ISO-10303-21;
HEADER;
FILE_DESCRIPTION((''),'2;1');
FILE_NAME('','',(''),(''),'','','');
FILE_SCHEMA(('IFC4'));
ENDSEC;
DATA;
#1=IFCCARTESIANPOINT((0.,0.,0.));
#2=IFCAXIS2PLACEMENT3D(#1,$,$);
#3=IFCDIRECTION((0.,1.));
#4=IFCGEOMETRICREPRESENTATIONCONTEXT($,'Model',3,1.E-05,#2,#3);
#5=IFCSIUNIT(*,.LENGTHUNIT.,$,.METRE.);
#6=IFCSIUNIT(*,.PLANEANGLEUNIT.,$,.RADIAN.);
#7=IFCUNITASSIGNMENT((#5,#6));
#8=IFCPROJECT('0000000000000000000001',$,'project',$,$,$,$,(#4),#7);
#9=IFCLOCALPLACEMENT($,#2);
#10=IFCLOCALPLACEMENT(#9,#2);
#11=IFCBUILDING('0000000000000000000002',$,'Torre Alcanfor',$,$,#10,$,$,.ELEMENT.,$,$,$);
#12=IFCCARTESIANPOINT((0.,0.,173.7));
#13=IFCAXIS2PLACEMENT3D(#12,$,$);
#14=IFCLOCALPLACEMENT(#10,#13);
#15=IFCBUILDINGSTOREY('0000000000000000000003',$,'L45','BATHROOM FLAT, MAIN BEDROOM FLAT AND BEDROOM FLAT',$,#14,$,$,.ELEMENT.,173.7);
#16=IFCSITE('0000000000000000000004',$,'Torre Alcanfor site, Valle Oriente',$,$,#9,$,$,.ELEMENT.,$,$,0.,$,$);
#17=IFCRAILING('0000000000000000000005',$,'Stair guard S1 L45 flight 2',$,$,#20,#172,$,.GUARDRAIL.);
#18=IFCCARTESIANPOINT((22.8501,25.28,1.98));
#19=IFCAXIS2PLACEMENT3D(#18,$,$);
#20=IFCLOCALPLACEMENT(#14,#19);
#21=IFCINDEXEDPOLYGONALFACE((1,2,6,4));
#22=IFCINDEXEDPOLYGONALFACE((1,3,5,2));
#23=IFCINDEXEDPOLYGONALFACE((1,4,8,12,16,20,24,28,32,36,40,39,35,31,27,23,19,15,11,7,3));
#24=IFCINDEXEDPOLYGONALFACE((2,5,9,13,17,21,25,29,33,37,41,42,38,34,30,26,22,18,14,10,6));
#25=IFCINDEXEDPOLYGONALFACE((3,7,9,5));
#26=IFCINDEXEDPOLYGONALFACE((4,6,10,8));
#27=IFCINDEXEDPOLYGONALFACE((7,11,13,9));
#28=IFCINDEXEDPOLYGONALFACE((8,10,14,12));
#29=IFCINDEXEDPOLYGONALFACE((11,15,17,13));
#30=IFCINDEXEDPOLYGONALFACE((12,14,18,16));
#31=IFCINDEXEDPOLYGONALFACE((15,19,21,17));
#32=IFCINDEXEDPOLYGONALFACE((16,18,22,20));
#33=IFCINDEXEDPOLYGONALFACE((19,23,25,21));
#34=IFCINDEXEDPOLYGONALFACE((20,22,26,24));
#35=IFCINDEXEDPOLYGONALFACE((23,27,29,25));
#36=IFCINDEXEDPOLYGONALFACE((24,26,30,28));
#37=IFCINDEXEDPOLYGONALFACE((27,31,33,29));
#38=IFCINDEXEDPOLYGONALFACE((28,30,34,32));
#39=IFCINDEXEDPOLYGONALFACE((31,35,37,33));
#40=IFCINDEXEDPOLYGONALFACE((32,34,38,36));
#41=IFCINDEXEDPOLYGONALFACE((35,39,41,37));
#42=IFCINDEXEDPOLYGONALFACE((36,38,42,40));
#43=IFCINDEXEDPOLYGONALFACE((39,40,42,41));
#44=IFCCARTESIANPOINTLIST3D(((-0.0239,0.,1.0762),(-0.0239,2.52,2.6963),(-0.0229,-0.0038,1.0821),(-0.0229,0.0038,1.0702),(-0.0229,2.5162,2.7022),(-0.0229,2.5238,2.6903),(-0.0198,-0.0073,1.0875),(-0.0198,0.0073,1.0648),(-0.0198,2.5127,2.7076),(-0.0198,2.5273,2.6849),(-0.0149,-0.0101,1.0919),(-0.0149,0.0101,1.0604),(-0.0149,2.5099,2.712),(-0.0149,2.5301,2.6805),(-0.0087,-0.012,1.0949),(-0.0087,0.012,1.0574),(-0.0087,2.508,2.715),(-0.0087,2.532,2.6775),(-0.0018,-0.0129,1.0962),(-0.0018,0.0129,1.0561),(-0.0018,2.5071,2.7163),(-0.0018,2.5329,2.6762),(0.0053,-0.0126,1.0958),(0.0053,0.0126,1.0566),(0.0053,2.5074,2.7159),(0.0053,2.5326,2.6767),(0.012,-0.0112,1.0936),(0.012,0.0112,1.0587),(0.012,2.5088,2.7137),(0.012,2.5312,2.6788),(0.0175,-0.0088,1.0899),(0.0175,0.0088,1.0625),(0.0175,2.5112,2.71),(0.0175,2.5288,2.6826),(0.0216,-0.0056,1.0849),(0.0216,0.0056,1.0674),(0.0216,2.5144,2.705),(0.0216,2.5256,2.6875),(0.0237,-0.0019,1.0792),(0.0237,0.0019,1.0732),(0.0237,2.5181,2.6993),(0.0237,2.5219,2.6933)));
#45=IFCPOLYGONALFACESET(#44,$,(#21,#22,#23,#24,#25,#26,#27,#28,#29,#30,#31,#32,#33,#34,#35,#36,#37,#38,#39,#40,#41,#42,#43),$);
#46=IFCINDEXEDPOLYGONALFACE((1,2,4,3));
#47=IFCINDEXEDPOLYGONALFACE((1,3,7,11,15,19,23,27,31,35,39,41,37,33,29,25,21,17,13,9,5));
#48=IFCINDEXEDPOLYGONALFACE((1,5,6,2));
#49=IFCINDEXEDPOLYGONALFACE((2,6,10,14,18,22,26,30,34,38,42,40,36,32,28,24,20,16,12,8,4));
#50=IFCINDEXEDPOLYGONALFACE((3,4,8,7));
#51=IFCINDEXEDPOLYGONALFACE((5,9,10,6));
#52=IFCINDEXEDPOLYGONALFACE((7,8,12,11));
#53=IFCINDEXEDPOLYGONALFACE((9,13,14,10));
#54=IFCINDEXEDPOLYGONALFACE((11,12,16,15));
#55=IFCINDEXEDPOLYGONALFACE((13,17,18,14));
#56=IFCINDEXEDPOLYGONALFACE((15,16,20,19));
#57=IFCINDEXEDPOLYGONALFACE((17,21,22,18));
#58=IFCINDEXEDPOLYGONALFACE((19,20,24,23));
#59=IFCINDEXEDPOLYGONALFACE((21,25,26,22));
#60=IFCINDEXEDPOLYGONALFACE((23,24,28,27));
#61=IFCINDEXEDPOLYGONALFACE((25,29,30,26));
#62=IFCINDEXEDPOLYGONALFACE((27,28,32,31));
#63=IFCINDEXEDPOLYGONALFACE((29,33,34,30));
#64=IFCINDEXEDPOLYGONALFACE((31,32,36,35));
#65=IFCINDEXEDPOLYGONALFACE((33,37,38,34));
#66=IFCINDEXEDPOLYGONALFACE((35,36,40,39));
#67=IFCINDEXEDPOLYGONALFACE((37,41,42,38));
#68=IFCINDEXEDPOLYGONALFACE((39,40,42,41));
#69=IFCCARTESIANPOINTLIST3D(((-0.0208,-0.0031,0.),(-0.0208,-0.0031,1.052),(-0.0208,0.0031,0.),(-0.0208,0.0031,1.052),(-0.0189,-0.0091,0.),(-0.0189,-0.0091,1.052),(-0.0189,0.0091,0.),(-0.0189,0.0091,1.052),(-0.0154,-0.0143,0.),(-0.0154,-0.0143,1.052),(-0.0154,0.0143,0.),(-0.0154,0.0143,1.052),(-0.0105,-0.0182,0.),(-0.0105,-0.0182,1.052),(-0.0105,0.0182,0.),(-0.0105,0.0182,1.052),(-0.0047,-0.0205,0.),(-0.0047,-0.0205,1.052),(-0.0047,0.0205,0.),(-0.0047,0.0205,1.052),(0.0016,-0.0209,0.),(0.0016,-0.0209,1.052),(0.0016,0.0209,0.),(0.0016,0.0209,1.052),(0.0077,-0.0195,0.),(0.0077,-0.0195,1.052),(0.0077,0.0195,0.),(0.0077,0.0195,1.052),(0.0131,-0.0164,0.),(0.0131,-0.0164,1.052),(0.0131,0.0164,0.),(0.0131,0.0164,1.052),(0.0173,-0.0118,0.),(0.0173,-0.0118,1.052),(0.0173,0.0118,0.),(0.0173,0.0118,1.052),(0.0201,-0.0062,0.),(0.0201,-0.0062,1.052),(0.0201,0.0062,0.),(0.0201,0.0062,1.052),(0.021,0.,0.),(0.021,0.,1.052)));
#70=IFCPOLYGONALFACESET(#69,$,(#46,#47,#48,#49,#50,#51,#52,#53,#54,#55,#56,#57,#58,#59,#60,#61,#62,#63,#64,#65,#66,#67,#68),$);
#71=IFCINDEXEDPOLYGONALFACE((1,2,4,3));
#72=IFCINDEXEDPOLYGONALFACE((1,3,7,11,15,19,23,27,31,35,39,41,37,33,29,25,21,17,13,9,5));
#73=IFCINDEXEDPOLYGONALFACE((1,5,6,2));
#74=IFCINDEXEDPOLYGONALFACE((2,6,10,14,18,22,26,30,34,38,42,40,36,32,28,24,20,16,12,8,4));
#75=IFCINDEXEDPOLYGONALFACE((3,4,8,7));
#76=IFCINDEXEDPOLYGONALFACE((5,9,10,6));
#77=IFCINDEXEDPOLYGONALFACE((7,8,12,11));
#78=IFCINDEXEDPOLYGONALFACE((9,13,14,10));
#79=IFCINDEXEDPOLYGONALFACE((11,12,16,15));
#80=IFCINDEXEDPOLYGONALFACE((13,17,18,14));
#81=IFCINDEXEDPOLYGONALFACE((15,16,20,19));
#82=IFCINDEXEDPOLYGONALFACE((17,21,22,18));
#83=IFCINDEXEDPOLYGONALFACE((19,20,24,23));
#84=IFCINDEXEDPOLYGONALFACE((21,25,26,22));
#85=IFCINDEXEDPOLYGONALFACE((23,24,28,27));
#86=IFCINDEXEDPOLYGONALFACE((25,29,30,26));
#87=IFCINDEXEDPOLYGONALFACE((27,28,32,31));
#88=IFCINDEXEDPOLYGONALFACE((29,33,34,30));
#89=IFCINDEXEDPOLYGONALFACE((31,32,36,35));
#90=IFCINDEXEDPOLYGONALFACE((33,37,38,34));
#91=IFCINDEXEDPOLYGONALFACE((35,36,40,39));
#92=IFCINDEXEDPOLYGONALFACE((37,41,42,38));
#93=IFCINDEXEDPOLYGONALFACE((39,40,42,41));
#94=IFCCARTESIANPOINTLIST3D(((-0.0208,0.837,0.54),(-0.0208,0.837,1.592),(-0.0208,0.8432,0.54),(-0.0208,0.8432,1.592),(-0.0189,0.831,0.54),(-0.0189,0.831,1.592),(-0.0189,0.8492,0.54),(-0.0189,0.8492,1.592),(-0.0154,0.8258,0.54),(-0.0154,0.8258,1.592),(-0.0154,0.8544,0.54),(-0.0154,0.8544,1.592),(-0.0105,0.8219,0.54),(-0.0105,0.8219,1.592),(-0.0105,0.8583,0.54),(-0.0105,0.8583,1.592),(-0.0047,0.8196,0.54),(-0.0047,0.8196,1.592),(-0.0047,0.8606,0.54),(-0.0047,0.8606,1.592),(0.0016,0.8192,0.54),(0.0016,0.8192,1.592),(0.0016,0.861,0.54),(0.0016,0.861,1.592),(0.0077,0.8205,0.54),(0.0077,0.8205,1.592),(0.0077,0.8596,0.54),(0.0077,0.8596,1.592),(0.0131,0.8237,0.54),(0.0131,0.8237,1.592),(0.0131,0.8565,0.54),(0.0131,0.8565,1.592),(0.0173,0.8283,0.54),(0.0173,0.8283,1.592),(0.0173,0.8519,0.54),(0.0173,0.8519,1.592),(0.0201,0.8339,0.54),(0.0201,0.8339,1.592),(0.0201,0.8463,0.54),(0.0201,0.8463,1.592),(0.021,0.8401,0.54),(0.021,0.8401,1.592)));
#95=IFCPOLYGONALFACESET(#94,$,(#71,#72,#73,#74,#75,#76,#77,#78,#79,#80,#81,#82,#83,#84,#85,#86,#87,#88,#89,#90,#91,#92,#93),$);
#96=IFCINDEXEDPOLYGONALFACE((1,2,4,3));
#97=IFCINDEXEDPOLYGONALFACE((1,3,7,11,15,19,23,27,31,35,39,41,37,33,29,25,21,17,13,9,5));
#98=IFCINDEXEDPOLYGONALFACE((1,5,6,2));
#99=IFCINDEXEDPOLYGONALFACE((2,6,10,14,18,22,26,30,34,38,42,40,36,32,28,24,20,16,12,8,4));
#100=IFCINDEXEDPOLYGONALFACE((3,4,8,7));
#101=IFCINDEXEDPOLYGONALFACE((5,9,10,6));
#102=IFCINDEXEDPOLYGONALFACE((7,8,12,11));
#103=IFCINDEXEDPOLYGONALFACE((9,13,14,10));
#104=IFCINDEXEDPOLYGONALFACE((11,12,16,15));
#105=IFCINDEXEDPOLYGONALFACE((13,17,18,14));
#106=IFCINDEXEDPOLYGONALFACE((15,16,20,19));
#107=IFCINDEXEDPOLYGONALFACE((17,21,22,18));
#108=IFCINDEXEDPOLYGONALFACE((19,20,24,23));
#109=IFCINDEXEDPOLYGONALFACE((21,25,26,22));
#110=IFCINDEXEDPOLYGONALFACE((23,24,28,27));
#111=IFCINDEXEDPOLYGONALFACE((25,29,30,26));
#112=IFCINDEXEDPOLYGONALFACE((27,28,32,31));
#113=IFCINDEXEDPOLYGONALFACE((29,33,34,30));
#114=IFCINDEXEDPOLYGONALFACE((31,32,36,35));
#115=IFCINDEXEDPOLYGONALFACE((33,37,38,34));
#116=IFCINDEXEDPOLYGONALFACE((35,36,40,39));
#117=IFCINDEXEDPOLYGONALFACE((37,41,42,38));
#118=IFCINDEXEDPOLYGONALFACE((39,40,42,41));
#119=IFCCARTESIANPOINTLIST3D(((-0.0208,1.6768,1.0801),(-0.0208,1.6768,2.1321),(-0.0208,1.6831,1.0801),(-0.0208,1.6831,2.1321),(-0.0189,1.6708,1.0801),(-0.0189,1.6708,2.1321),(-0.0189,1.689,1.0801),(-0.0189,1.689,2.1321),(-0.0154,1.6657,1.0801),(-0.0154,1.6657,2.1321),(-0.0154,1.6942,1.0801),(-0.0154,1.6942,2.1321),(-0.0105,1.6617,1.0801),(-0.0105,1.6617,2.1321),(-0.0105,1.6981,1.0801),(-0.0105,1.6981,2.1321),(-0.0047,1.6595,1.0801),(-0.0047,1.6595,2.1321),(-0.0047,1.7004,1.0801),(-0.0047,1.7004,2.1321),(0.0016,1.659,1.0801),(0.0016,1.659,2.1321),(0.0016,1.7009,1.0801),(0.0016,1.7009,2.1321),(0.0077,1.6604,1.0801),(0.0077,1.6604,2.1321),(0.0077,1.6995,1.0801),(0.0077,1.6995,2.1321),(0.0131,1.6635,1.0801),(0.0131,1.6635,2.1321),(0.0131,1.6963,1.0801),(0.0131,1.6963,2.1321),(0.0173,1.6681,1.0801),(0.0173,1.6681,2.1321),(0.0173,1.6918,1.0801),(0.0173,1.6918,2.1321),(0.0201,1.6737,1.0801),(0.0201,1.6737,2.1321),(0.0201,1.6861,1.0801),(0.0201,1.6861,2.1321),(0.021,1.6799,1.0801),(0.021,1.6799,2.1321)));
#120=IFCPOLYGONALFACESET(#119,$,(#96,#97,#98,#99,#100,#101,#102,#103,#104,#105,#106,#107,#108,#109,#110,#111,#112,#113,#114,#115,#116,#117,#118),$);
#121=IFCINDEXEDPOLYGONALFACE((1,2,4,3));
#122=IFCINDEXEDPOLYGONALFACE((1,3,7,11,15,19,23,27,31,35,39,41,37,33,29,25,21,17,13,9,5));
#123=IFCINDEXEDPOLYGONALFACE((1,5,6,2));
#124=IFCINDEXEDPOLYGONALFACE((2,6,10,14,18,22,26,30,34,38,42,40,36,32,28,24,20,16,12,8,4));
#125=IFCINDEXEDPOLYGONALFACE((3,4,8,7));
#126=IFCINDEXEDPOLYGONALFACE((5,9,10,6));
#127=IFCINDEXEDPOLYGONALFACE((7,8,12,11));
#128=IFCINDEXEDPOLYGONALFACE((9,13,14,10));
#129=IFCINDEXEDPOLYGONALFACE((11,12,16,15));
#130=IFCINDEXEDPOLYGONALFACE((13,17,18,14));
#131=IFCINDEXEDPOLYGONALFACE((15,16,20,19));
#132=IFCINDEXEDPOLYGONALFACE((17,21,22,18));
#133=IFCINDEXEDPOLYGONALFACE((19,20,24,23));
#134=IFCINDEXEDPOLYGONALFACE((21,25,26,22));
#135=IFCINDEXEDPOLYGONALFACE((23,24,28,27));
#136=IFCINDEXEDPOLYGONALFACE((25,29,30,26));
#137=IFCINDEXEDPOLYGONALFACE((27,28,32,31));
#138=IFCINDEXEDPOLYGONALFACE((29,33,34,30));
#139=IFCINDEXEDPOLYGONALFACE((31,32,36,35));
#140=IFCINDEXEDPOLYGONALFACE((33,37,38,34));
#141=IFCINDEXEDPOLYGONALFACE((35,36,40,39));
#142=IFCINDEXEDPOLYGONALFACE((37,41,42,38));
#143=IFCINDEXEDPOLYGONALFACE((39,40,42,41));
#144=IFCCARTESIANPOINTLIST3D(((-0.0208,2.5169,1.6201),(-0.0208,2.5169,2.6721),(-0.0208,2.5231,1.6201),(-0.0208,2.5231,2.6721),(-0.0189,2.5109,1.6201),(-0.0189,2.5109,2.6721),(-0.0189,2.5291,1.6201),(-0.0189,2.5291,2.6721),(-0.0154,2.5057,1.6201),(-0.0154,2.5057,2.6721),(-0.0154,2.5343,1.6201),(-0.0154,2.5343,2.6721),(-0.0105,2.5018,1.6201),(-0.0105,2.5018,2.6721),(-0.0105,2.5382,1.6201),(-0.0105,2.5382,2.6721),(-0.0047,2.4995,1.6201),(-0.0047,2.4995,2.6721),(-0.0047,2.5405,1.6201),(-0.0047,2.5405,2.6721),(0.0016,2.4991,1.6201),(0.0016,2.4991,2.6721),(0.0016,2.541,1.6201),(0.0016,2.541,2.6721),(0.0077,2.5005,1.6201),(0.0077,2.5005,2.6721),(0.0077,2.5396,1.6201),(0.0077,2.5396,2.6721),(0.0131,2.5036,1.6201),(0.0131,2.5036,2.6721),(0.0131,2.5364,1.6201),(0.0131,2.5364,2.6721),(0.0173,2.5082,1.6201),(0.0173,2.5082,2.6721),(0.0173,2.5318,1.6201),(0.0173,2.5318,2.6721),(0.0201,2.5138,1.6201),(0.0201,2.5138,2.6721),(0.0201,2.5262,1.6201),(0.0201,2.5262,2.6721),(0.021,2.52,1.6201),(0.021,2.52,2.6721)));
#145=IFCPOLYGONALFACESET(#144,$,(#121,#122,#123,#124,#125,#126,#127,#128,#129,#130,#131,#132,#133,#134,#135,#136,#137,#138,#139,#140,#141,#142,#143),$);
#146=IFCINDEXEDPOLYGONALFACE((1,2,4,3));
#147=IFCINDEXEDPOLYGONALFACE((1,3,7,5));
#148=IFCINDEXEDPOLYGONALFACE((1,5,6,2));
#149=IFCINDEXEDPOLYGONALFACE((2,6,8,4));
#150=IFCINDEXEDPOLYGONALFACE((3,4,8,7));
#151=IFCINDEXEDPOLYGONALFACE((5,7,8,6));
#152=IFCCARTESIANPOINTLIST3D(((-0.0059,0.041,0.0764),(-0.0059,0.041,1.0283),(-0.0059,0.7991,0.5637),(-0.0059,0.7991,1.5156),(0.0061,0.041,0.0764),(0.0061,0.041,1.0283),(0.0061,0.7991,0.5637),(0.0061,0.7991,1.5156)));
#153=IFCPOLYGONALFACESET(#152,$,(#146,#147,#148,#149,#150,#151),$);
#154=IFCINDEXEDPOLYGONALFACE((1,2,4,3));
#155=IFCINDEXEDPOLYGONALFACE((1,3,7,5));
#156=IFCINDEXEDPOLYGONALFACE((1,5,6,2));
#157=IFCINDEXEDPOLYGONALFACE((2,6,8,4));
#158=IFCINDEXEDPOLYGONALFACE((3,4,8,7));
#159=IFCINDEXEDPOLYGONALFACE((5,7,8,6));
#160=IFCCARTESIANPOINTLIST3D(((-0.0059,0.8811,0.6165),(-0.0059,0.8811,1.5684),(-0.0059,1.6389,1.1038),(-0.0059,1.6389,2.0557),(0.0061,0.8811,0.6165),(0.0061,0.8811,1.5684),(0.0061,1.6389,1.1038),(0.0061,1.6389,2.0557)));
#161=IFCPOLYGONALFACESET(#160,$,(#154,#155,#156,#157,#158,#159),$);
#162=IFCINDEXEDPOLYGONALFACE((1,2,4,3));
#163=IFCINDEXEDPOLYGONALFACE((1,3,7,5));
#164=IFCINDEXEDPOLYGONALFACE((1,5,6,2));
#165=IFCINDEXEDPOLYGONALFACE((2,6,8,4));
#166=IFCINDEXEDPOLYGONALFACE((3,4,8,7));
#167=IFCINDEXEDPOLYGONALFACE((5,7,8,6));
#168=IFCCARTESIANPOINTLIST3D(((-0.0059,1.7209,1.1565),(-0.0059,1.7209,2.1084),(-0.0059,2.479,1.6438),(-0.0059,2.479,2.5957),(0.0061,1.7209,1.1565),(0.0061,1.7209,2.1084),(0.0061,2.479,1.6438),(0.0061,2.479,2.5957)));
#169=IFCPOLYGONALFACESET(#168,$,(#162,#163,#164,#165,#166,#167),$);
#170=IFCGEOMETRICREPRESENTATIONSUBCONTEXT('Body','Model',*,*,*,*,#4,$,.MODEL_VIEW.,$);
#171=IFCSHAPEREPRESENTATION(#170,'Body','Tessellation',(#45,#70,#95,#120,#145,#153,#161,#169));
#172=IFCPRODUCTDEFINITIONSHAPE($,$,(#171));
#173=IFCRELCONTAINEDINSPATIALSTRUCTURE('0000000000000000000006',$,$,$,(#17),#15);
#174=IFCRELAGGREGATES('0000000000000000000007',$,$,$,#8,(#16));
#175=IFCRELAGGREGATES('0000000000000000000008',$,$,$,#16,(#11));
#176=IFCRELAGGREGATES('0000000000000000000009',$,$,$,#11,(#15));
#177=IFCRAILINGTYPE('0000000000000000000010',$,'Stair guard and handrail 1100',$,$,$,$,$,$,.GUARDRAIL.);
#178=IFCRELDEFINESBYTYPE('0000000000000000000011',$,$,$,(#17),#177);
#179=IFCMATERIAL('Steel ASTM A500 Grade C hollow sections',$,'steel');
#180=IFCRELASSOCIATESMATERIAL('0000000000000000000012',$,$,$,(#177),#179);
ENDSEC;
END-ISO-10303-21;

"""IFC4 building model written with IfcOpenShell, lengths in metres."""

from ifc_helpers import new_model, si_unit, direction, frame, origin, origin_2d, place, context, subcontext, project, spatial, polyline, circle, outline, extrude, material, type_object, element, save


model = new_model("IFC4")

# Units and contexts
model_context = context("Model", 3, precision=1e-05, world=origin(), true_north=direction((0.0, 1.0)))
body_context = subcontext(model_context, "Body", "Model", "MODEL_VIEW")
ifc_project = project(units=[si_unit("LENGTHUNIT", "METRE"), si_unit("PLANEANGLEUNIT", "RADIAN")], contexts=[model_context])

# Site, building, storey
site_placement = place(None, origin())
site = spatial("IfcSite", under=ifc_project, at=site_placement, Name="Torre Alcanfor site, Valle Oriente", CompositionType="ELEMENT", RefElevation=0.0)
building_placement = place(site_placement, origin())
building = spatial("IfcBuilding", under=site, at=building_placement, Name="Torre Alcanfor", CompositionType="ELEMENT")
storey_placement = place(building_placement, frame((0.0, 0.0, 173.7)))
storey = spatial("IfcBuildingStorey", under=building, at=storey_placement, Name="L45", Description="BATHROOM FLAT, MAIN BEDROOM FLAT AND BEDROOM FLAT", CompositionType="ELEMENT", Elevation=173.7)

# Railing
ifc_material_1 = material(Name="Steel ASTM A500 Grade C hollow sections", Category="steel")
railing_type_1 = type_object("IfcRailingType", Name="Stair guard and handrail 1100", PredefinedType="GUARDRAIL", material=ifc_material_1)
railing_1_placement = place(storey_placement, frame((22.8501, 25.28, 1.98)))
element("IfcRailing", 1, at=railing_1_placement, inside=storey, type_object=railing_type_1, Name="Stair guard S1 L45 flight 2", PredefinedType="GUARDRAIL", context=body_context, shape_type="SweptSolid", body=[
    extrude(circle(Radius=0.0239, at=origin_2d()), frame((0.0, 0.0, 1.0762), z_axis=(0.0, 0.841163, 0.540782), x_axis=(-1.0, 0.0, 0.0)), (0.0, 0.0, 1.0), 2.9958),
    extrude(circle(Radius=0.021, at=origin_2d()), origin(), (0.0, 0.0, 1.0), 1.052),
    extrude(circle(Radius=0.021, at=origin_2d()), frame((0.0, 0.8401, 0.54)), (0.0, 0.0, 1.0), 1.052),
    extrude(circle(Radius=0.021, at=origin_2d()), frame((0.0, 1.6799, 1.0801)), (0.0, 0.0, 1.0), 1.052),
    extrude(circle(Radius=0.021, at=origin_2d()), frame((0.0, 2.52, 1.6201)), (0.0, 0.0, 1.0), 1.052),
    extrude(outline(polyline([(0.041, 0.0764), (0.7991, 0.5637), (0.7991, 1.5156), (0.041, 1.0283), (0.041, 0.0764)])), frame((-0.0059, 0.0, 0.0), z_axis=(1.0, 0.0, 0.0), x_axis=(0.0, 1.0, 0.0)), (0.0, 0.0, 1.0), 0.012),
    extrude(outline(polyline([(0.8811, 0.6165), (1.6389, 1.1038), (1.6389, 2.0557), (0.8811, 1.5684), (0.8811, 0.6165)])), frame((-0.0059, 0.0, 0.0), z_axis=(1.0, 0.0, 0.0), x_axis=(0.0, 1.0, 0.0)), (0.0, 0.0, 1.0), 0.012),
    extrude(outline(polyline([(1.7209, 1.1565), (2.479, 1.6438), (2.479, 2.5957), (1.7209, 2.1084), (1.7209, 1.1565)])), frame((-0.0059, 0.0, 0.0), z_axis=(1.0, 0.0, 0.0), x_axis=(0.0, 1.0, 0.0)), (0.0, 0.0, 1.0), 0.012),
])

save(model, "model.ifc")
